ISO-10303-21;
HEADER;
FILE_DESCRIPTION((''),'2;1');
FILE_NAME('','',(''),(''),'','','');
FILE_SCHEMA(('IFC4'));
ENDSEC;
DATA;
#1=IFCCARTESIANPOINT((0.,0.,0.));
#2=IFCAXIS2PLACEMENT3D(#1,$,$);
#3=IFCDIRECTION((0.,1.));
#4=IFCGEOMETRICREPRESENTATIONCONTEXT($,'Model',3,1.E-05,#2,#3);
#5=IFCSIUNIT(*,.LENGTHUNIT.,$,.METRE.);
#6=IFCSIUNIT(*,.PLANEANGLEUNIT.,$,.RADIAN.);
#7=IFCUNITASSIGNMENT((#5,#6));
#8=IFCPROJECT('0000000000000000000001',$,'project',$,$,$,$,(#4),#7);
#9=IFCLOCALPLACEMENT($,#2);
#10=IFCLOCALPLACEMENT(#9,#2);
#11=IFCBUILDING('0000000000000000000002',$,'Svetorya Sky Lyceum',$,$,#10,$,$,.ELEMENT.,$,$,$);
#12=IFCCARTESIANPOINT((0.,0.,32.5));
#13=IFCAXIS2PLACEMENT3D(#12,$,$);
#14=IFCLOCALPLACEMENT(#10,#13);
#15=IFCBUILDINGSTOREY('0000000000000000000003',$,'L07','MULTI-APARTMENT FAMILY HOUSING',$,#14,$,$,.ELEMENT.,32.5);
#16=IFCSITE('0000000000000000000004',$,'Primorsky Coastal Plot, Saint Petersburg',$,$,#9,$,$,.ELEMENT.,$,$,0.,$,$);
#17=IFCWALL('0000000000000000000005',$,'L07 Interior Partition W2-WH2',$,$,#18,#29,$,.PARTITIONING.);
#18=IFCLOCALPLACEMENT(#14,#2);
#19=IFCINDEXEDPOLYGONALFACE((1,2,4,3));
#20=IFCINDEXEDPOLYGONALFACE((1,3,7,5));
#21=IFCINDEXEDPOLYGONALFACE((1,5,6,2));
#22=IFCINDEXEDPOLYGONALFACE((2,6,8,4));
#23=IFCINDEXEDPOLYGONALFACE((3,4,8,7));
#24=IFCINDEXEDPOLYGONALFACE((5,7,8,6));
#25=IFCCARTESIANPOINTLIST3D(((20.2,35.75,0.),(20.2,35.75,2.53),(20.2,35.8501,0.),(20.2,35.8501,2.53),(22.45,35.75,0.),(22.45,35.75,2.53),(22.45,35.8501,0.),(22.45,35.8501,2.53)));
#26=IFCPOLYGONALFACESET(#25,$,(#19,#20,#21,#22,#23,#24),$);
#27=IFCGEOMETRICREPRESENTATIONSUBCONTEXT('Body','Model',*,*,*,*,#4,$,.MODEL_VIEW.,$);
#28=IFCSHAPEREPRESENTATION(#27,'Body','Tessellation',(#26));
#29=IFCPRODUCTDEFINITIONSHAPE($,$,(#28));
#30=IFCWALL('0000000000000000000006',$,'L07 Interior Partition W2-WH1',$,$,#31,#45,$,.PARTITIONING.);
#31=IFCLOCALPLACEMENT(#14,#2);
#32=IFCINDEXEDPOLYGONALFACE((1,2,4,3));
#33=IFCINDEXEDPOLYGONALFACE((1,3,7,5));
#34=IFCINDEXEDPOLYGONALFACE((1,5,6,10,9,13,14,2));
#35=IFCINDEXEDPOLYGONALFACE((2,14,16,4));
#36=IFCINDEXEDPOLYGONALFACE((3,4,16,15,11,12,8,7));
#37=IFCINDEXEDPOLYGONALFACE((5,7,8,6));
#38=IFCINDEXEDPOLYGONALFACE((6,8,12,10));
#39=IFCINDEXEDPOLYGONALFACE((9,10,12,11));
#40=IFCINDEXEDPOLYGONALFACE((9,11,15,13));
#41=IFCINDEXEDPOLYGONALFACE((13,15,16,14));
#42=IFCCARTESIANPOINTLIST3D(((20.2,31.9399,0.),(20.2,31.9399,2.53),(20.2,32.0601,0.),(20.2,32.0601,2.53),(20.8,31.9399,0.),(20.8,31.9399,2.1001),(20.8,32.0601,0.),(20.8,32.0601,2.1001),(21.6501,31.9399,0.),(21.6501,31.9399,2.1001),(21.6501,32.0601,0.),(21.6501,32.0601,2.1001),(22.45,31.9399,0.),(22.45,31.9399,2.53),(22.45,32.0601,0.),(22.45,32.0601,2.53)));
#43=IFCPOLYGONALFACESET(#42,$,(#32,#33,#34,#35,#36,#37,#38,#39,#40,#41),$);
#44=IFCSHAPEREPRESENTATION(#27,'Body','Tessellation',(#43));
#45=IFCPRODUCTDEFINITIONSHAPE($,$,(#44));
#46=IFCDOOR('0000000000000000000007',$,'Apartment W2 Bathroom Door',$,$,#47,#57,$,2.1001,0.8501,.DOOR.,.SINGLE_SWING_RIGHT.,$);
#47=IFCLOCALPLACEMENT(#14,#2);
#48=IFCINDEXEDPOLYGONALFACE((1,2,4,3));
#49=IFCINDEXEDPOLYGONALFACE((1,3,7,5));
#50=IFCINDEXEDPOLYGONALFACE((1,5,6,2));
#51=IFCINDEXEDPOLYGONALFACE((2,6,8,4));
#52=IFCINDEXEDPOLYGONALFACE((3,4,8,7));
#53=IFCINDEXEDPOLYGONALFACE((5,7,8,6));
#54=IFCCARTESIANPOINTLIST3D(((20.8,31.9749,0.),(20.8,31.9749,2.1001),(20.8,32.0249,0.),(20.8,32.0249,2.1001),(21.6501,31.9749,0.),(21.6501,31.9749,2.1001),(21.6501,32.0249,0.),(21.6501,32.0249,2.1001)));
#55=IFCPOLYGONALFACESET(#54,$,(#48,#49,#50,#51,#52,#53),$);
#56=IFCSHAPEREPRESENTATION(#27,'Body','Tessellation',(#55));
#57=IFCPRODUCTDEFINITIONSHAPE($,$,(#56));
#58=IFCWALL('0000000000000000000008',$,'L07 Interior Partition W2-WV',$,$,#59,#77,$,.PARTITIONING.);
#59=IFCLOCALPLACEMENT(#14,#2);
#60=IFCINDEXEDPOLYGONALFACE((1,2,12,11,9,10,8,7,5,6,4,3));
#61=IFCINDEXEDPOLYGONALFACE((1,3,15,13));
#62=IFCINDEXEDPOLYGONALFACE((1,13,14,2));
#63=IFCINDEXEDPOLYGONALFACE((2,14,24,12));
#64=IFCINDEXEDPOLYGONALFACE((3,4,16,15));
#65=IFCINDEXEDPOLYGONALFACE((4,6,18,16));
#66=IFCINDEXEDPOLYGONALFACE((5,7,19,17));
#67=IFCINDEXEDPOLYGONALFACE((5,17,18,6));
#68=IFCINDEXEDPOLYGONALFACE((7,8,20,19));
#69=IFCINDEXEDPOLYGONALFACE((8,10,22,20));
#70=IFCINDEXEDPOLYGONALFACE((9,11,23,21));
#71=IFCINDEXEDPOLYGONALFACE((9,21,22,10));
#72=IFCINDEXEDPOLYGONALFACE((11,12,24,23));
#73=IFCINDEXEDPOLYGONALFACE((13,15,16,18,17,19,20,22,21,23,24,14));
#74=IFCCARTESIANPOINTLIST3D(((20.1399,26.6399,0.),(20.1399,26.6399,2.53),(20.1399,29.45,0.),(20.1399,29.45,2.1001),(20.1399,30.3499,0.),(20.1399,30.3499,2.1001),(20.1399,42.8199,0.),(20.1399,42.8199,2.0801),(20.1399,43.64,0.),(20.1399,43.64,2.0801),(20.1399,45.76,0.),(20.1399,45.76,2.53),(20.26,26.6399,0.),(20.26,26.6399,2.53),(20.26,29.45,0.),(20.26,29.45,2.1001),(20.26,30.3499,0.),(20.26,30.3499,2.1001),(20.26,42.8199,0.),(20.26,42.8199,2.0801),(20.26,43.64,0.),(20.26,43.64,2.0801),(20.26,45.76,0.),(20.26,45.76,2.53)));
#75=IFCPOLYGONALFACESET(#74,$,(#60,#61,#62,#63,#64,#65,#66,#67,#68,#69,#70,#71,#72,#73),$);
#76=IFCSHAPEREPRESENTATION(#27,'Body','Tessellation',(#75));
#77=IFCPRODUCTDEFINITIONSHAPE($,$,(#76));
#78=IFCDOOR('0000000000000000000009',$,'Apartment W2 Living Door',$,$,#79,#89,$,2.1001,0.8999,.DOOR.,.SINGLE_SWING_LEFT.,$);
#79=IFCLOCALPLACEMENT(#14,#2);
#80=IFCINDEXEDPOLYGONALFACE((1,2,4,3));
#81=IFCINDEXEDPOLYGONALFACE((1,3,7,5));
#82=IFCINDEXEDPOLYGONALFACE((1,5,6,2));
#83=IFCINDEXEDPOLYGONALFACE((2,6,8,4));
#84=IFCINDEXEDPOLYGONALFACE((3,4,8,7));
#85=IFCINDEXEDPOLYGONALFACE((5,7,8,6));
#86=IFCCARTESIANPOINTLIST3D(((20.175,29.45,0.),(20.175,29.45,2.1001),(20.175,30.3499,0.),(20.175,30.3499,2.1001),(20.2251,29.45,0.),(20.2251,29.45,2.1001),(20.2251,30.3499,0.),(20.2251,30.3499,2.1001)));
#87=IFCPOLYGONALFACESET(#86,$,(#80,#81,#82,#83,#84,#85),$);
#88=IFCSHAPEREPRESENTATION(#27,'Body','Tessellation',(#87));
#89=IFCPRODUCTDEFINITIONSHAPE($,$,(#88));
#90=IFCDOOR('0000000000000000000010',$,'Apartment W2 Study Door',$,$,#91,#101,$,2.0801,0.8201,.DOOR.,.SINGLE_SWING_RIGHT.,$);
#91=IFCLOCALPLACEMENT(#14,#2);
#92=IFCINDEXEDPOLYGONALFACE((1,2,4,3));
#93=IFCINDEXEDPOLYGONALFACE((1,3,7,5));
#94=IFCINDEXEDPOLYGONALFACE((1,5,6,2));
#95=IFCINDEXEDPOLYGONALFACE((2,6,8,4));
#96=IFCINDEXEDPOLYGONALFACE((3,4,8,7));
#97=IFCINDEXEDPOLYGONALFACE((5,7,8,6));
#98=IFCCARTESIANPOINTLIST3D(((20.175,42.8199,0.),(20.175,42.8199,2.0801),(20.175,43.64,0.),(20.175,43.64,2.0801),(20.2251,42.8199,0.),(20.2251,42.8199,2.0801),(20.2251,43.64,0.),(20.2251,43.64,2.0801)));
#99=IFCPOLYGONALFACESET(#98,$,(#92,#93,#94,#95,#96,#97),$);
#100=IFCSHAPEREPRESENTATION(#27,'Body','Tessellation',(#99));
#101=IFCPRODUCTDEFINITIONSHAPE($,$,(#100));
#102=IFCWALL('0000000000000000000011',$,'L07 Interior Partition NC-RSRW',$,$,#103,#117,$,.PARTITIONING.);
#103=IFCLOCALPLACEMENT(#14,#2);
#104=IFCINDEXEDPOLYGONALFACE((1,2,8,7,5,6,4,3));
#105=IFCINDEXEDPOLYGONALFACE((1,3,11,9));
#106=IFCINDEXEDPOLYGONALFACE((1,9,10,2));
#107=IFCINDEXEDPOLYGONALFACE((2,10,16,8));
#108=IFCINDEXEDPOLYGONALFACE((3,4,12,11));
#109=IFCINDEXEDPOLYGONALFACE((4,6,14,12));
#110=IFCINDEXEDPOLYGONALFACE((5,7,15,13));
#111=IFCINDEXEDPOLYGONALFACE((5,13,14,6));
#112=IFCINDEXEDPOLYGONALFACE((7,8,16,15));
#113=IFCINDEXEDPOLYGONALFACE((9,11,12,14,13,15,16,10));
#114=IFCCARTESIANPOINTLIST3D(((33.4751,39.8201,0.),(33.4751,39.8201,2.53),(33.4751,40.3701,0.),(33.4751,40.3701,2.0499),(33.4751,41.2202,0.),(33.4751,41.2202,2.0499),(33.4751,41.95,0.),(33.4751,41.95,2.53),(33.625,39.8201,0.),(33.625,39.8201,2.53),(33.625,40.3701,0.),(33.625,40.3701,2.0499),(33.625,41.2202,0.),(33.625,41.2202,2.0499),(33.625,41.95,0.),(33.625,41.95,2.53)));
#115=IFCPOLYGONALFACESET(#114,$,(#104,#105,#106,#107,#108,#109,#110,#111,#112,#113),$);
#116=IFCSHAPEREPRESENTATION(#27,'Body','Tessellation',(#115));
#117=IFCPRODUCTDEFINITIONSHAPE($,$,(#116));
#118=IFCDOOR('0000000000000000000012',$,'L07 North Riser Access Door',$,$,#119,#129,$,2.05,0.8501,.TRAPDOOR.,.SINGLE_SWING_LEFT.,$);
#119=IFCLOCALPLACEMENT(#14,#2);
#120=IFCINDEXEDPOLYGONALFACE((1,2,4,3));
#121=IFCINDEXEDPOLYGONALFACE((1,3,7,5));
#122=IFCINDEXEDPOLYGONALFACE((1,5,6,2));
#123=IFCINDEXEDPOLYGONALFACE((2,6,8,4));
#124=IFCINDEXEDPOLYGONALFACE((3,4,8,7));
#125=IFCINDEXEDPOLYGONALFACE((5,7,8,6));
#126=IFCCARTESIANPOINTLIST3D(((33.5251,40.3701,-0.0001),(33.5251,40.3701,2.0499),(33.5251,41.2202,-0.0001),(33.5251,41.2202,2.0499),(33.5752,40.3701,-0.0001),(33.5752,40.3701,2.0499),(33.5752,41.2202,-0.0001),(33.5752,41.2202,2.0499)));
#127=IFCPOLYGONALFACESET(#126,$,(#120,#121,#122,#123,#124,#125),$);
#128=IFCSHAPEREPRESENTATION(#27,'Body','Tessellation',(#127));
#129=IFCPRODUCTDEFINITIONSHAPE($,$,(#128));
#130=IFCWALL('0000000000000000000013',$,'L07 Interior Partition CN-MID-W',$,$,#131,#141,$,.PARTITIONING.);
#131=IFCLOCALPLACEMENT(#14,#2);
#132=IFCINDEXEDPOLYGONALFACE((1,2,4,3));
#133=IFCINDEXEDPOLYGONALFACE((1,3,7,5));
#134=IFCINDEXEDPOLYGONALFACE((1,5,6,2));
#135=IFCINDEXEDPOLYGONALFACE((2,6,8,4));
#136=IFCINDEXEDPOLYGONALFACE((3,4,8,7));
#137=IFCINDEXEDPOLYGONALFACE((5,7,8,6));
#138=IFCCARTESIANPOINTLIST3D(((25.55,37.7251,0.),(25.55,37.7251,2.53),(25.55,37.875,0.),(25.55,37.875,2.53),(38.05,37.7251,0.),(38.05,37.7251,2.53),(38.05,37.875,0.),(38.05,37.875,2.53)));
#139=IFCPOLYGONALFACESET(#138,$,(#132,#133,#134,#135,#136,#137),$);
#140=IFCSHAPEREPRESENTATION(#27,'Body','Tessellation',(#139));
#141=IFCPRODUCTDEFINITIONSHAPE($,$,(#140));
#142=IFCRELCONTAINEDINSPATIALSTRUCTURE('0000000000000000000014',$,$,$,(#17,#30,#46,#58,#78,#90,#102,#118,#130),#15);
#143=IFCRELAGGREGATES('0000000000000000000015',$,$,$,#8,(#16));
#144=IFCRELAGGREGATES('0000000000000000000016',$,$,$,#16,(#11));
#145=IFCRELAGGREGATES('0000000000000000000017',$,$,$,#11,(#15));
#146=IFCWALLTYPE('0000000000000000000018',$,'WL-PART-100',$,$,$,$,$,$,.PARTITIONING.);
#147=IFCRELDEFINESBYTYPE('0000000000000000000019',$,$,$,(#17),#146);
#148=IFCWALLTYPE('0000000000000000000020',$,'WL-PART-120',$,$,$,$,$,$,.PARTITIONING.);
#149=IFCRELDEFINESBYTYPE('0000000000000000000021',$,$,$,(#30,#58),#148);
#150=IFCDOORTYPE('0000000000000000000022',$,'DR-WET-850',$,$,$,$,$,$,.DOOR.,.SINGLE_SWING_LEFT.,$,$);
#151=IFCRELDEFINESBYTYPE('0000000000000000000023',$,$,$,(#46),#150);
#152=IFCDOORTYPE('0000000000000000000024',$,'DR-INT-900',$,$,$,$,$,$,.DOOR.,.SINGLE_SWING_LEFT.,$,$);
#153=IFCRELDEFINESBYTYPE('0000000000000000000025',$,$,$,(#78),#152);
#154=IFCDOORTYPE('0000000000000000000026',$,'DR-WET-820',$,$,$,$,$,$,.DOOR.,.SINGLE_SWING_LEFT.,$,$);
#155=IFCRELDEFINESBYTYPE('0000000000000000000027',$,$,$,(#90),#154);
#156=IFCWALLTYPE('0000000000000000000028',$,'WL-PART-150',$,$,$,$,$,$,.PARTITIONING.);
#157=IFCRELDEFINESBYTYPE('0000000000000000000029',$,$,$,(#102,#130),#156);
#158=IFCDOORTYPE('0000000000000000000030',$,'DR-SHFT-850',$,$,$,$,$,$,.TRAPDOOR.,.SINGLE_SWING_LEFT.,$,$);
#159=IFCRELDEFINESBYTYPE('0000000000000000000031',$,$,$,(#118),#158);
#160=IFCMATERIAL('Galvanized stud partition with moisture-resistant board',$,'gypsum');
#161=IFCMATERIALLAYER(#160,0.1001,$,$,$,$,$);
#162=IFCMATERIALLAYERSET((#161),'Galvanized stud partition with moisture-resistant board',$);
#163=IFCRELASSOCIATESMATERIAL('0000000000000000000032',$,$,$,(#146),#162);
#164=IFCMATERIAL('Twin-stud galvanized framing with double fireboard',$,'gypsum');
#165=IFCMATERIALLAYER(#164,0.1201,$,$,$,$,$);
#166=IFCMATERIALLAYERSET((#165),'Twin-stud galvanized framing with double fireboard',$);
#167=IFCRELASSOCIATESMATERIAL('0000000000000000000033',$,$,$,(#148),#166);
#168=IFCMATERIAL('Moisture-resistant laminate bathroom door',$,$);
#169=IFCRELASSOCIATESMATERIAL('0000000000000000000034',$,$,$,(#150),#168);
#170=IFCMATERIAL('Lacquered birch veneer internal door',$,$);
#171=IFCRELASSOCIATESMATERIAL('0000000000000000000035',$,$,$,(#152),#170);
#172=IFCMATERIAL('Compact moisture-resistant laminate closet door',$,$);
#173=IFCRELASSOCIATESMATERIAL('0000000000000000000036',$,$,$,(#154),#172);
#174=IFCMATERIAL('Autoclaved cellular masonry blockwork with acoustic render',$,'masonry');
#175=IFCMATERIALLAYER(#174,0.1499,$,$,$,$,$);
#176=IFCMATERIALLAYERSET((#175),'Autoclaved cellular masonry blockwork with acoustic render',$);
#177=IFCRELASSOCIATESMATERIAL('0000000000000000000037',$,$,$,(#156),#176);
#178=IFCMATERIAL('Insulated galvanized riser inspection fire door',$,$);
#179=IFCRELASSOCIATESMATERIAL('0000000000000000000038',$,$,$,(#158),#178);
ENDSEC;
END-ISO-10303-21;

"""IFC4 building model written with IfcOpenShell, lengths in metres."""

from ifc_helpers import new_model, si_unit, direction, frame, frame_2d, origin, place, context, subcontext, project, spatial, rectangle, extrude, material, layer, layer_set, type_object, element, fill, save


model = new_model("IFC4")

# Units and contexts
model_context = context("Model", 3, precision=1e-05, world=origin(), true_north=direction((0.0, 1.0)))
body_context = subcontext(model_context, "Body", "Model", "MODEL_VIEW")
ifc_project = project(units=[si_unit("LENGTHUNIT", "METRE"), si_unit("PLANEANGLEUNIT", "RADIAN")], contexts=[model_context])

# Site, building, storey
site_placement = place(None, origin())
site = spatial("IfcSite", under=ifc_project, at=site_placement, Name="Primorsky Coastal Plot, Saint Petersburg", CompositionType="ELEMENT", RefElevation=0.0)
building_placement = place(site_placement, origin())
building = spatial("IfcBuilding", under=site, at=building_placement, Name="Svetorya Sky Lyceum", CompositionType="ELEMENT")
storey_placement = place(building_placement, frame((0.0, 0.0, 32.5)))
storey = spatial("IfcBuildingStorey", under=building, at=storey_placement, Name="L07", Description="MULTI-APARTMENT FAMILY HOUSING", CompositionType="ELEMENT", Elevation=32.5)

# Wall
ifc_material_1 = material(Name="Galvanized stud partition with moisture-resistant board", Category="gypsum")
ifc_layer_1 = layer(ifc_material_1, 0.1001)
ifc_layer_set_1 = layer_set([ifc_layer_1], Name="Galvanized stud partition with moisture-resistant board")
wall_type_1 = type_object("IfcWallType", Name="WL-PART-100", PredefinedType="PARTITIONING", material=ifc_layer_set_1)
wall_1_placement = place(storey_placement, frame((20.2, 35.8, 0.0), z_axis=(0.0, 0.0, 1.0), x_axis=(1.0, 0.0, 0.0)))
element("IfcWall", 1, at=wall_1_placement, inside=storey, type_object=wall_type_1, Name="L07 Interior Partition W2-WH2", PredefinedType="PARTITIONING", context=body_context, shape_type="SweptSolid", body=[
    extrude(rectangle(XDim=2.25, YDim=0.1001, at=frame_2d((1.125, 0.0))), origin(), (0.0, 0.0, 1.0), 2.53),
])

# Wall, opening, door
ifc_material_2 = material(Name="Twin-stud galvanized framing with double fireboard", Category="gypsum")
ifc_layer_2 = layer(ifc_material_2, 0.1201)
ifc_layer_set_2 = layer_set([ifc_layer_2], Name="Twin-stud galvanized framing with double fireboard")
wall_type_2 = type_object("IfcWallType", Name="WL-PART-120", PredefinedType="PARTITIONING", material=ifc_layer_set_2)
wall_2_placement = place(storey_placement, frame((20.2, 32.0, 0.0), z_axis=(0.0, 0.0, 1.0), x_axis=(1.0, 0.0, 0.0)))
wall_2 = element("IfcWall", 2, at=wall_2_placement, inside=storey, type_object=wall_type_2, Name="L07 Interior Partition W2-WH1", PredefinedType="PARTITIONING", context=body_context, shape_type="SweptSolid", body=[
    extrude(rectangle(XDim=2.25, YDim=0.1201, at=frame_2d((1.125, 0.0))), origin(), (0.0, 0.0, 1.0), 2.53),
])
opening_1_placement = place(wall_2_placement, frame((0.6001, 0.0, 0.0)))
opening_1 = element("IfcOpeningElement", 3, at=opening_1_placement, cuts=wall_2, PredefinedType="OPENING", context=body_context, shape_type="SweptSolid", body=[
    extrude(rectangle(XDim=0.8501, YDim=2.1001, at=frame_2d((0.425, 1.05))), frame((0.0, 0.0701, 0.0), z_axis=(0.0, -1.0, 0.0), x_axis=(1.0, 0.0, 0.0)), (0.0, 0.0, 1.0), 0.1401),
])
ifc_material_3 = material(Name="Moisture-resistant laminate bathroom door")
door_type_1 = type_object("IfcDoorType", Name="DR-WET-850", OperationType="SINGLE_SWING_LEFT", PredefinedType="DOOR", material=ifc_material_3)
door_1_placement = place(opening_1_placement, origin())
door_1 = element("IfcDoor", 4, at=door_1_placement, inside=storey, type_object=door_type_1, Name="Apartment W2 Bathroom Door", OperationType="SINGLE_SWING_RIGHT", OverallHeight=2.1001, OverallWidth=0.8501, PredefinedType="DOOR", context=body_context, shape_type="SweptSolid", body=[
    extrude(rectangle(XDim=0.8501, YDim=2.1001, at=frame_2d((0.425, 1.05))), frame((0.0, 0.0249, 0.0), z_axis=(0.0, -1.0, 0.0), x_axis=(1.0, 0.0, 0.0)), (0.0, 0.0, 1.0), 0.05),
])
fill(opening_1, door_1)

# Wall, openings, doors
wall_3_placement = place(storey_placement, frame((20.2, 26.6399, 0.0), z_axis=(0.0, 0.0, 1.0), x_axis=(0.0, 1.0, 0.0)))
wall_3 = element("IfcWall", 5, at=wall_3_placement, inside=storey, type_object=wall_type_2, Name="L07 Interior Partition W2-WV", PredefinedType="PARTITIONING", context=body_context, shape_type="SweptSolid", body=[
    extrude(rectangle(XDim=19.1201, YDim=0.1201, at=frame_2d((9.5601, 0.0))), origin(), (0.0, 0.0, 1.0), 2.53),
])
opening_2_placement = place(wall_3_placement, frame((2.8101, 0.0, 0.0)))
opening_2 = element("IfcOpeningElement", 6, at=opening_2_placement, cuts=wall_3, PredefinedType="OPENING", context=body_context, shape_type="SweptSolid", body=[
    extrude(rectangle(XDim=0.8999, YDim=2.1001, at=frame_2d((0.45, 1.05))), frame((0.0, 0.0701, 0.0), z_axis=(0.0, -1.0, 0.0), x_axis=(1.0, 0.0, 0.0)), (0.0, 0.0, 1.0), 0.1401),
])
opening_3_placement = place(wall_3_placement, frame((16.1799, 0.0, 0.0)))
opening_3 = element("IfcOpeningElement", 7, at=opening_3_placement, cuts=wall_3, PredefinedType="OPENING", context=body_context, shape_type="SweptSolid", body=[
    extrude(rectangle(XDim=0.8201, YDim=2.0801, at=frame_2d((0.4102, 1.04))), frame((0.0, 0.0701, 0.0), z_axis=(0.0, -1.0, 0.0), x_axis=(1.0, 0.0, 0.0)), (0.0, 0.0, 1.0), 0.1401),
])
ifc_material_4 = material(Name="Lacquered birch veneer internal door")
door_type_2 = type_object("IfcDoorType", Name="DR-INT-900", OperationType="SINGLE_SWING_LEFT", PredefinedType="DOOR", material=ifc_material_4)
door_2_placement = place(opening_2_placement, origin())
door_2 = element("IfcDoor", 8, at=door_2_placement, inside=storey, type_object=door_type_2, Name="Apartment W2 Living Door", OperationType="SINGLE_SWING_LEFT", OverallHeight=2.1001, OverallWidth=0.8999, PredefinedType="DOOR", context=body_context, shape_type="SweptSolid", body=[
    extrude(rectangle(XDim=0.8999, YDim=2.1001, at=frame_2d((0.45, 1.05))), frame((0.0, 0.0249, 0.0), z_axis=(0.0, -1.0, 0.0), x_axis=(1.0, 0.0, 0.0)), (0.0, 0.0, 1.0), 0.05),
])
fill(opening_2, door_2)
ifc_material_5 = material(Name="Compact moisture-resistant laminate closet door")
door_type_3 = type_object("IfcDoorType", Name="DR-WET-820", OperationType="SINGLE_SWING_LEFT", PredefinedType="DOOR", material=ifc_material_5)
door_3_placement = place(opening_3_placement, origin())
door_3 = element("IfcDoor", 9, at=door_3_placement, inside=storey, type_object=door_type_3, Name="Apartment W2 Study Door", OperationType="SINGLE_SWING_RIGHT", OverallHeight=2.0801, OverallWidth=0.8201, PredefinedType="DOOR", context=body_context, shape_type="SweptSolid", body=[
    extrude(rectangle(XDim=0.8201, YDim=2.0801, at=frame_2d((0.4102, 1.04))), frame((0.0, 0.0249, 0.0), z_axis=(0.0, -1.0, 0.0), x_axis=(1.0, 0.0, 0.0)), (0.0, 0.0, 1.0), 0.05),
])
fill(opening_3, door_3)

# Wall, opening, door
ifc_material_6 = material(Name="Autoclaved cellular masonry blockwork with acoustic render", Category="masonry")
ifc_layer_3 = layer(ifc_material_6, 0.1499)
ifc_layer_set_3 = layer_set([ifc_layer_3], Name="Autoclaved cellular masonry blockwork with acoustic render")
wall_type_3 = type_object("IfcWallType", Name="WL-PART-150", PredefinedType="PARTITIONING", material=ifc_layer_set_3)
wall_4_placement = place(storey_placement, frame((33.55, 39.8201, 0.0), z_axis=(0.0, 0.0, 1.0), x_axis=(0.0, 1.0, 0.0)))
wall_4 = element("IfcWall", 10, at=wall_4_placement, inside=storey, type_object=wall_type_3, Name="L07 Interior Partition NC-RSRW", PredefinedType="PARTITIONING", context=body_context, shape_type="SweptSolid", body=[
    extrude(rectangle(XDim=2.1299, YDim=0.1499, at=frame_2d((1.0649, 0.0))), origin(), (0.0, 0.0, 1.0), 2.53),
])
opening_4_placement = place(wall_4_placement, frame((0.55, 0.0, 0.0)))
opening_4 = element("IfcOpeningElement", 11, at=opening_4_placement, cuts=wall_4, PredefinedType="OPENING", context=body_context, shape_type="SweptSolid", body=[
    extrude(rectangle(XDim=0.8501, YDim=2.05, at=frame_2d((0.425, 1.0249))), frame((0.0, 0.085, 0.0), z_axis=(0.0, -1.0, 0.0), x_axis=(1.0, 0.0, 0.0)), (0.0, 0.0, 1.0), 0.1699),
])
ifc_material_7 = material(Name="Insulated galvanized riser inspection fire door")
door_type_4 = type_object("IfcDoorType", Name="DR-SHFT-850", OperationType="SINGLE_SWING_LEFT", PredefinedType="TRAPDOOR", material=ifc_material_7)
door_4_placement = place(opening_4_placement, origin())
door_4 = element("IfcDoor", 12, at=door_4_placement, inside=storey, type_object=door_type_4, Name="L07 North Riser Access Door", OperationType="SINGLE_SWING_LEFT", OverallHeight=2.05, OverallWidth=0.8501, PredefinedType="TRAPDOOR", context=body_context, shape_type="SweptSolid", body=[
    extrude(rectangle(XDim=0.8501, YDim=2.05, at=frame_2d((0.425, 1.0249))), frame((0.0, 0.0249, 0.0), z_axis=(0.0, -1.0, 0.0), x_axis=(1.0, 0.0, 0.0)), (0.0, 0.0, 1.0), 0.05),
])
fill(opening_4, door_4)

# Wall
wall_5_placement = place(storey_placement, frame((25.55, 37.8, 0.0), z_axis=(0.0, 0.0, 1.0), x_axis=(1.0, 0.0, 0.0)))
element("IfcWall", 13, at=wall_5_placement, inside=storey, type_object=wall_type_3, Name="L07 Interior Partition CN-MID-W", PredefinedType="PARTITIONING", context=body_context, shape_type="SweptSolid", body=[
    extrude(rectangle(XDim=12.5, YDim=0.1499, at=frame_2d((6.25, 0.0))), origin(), (0.0, 0.0, 1.0), 2.53),
])

save(model, "model.ifc")
